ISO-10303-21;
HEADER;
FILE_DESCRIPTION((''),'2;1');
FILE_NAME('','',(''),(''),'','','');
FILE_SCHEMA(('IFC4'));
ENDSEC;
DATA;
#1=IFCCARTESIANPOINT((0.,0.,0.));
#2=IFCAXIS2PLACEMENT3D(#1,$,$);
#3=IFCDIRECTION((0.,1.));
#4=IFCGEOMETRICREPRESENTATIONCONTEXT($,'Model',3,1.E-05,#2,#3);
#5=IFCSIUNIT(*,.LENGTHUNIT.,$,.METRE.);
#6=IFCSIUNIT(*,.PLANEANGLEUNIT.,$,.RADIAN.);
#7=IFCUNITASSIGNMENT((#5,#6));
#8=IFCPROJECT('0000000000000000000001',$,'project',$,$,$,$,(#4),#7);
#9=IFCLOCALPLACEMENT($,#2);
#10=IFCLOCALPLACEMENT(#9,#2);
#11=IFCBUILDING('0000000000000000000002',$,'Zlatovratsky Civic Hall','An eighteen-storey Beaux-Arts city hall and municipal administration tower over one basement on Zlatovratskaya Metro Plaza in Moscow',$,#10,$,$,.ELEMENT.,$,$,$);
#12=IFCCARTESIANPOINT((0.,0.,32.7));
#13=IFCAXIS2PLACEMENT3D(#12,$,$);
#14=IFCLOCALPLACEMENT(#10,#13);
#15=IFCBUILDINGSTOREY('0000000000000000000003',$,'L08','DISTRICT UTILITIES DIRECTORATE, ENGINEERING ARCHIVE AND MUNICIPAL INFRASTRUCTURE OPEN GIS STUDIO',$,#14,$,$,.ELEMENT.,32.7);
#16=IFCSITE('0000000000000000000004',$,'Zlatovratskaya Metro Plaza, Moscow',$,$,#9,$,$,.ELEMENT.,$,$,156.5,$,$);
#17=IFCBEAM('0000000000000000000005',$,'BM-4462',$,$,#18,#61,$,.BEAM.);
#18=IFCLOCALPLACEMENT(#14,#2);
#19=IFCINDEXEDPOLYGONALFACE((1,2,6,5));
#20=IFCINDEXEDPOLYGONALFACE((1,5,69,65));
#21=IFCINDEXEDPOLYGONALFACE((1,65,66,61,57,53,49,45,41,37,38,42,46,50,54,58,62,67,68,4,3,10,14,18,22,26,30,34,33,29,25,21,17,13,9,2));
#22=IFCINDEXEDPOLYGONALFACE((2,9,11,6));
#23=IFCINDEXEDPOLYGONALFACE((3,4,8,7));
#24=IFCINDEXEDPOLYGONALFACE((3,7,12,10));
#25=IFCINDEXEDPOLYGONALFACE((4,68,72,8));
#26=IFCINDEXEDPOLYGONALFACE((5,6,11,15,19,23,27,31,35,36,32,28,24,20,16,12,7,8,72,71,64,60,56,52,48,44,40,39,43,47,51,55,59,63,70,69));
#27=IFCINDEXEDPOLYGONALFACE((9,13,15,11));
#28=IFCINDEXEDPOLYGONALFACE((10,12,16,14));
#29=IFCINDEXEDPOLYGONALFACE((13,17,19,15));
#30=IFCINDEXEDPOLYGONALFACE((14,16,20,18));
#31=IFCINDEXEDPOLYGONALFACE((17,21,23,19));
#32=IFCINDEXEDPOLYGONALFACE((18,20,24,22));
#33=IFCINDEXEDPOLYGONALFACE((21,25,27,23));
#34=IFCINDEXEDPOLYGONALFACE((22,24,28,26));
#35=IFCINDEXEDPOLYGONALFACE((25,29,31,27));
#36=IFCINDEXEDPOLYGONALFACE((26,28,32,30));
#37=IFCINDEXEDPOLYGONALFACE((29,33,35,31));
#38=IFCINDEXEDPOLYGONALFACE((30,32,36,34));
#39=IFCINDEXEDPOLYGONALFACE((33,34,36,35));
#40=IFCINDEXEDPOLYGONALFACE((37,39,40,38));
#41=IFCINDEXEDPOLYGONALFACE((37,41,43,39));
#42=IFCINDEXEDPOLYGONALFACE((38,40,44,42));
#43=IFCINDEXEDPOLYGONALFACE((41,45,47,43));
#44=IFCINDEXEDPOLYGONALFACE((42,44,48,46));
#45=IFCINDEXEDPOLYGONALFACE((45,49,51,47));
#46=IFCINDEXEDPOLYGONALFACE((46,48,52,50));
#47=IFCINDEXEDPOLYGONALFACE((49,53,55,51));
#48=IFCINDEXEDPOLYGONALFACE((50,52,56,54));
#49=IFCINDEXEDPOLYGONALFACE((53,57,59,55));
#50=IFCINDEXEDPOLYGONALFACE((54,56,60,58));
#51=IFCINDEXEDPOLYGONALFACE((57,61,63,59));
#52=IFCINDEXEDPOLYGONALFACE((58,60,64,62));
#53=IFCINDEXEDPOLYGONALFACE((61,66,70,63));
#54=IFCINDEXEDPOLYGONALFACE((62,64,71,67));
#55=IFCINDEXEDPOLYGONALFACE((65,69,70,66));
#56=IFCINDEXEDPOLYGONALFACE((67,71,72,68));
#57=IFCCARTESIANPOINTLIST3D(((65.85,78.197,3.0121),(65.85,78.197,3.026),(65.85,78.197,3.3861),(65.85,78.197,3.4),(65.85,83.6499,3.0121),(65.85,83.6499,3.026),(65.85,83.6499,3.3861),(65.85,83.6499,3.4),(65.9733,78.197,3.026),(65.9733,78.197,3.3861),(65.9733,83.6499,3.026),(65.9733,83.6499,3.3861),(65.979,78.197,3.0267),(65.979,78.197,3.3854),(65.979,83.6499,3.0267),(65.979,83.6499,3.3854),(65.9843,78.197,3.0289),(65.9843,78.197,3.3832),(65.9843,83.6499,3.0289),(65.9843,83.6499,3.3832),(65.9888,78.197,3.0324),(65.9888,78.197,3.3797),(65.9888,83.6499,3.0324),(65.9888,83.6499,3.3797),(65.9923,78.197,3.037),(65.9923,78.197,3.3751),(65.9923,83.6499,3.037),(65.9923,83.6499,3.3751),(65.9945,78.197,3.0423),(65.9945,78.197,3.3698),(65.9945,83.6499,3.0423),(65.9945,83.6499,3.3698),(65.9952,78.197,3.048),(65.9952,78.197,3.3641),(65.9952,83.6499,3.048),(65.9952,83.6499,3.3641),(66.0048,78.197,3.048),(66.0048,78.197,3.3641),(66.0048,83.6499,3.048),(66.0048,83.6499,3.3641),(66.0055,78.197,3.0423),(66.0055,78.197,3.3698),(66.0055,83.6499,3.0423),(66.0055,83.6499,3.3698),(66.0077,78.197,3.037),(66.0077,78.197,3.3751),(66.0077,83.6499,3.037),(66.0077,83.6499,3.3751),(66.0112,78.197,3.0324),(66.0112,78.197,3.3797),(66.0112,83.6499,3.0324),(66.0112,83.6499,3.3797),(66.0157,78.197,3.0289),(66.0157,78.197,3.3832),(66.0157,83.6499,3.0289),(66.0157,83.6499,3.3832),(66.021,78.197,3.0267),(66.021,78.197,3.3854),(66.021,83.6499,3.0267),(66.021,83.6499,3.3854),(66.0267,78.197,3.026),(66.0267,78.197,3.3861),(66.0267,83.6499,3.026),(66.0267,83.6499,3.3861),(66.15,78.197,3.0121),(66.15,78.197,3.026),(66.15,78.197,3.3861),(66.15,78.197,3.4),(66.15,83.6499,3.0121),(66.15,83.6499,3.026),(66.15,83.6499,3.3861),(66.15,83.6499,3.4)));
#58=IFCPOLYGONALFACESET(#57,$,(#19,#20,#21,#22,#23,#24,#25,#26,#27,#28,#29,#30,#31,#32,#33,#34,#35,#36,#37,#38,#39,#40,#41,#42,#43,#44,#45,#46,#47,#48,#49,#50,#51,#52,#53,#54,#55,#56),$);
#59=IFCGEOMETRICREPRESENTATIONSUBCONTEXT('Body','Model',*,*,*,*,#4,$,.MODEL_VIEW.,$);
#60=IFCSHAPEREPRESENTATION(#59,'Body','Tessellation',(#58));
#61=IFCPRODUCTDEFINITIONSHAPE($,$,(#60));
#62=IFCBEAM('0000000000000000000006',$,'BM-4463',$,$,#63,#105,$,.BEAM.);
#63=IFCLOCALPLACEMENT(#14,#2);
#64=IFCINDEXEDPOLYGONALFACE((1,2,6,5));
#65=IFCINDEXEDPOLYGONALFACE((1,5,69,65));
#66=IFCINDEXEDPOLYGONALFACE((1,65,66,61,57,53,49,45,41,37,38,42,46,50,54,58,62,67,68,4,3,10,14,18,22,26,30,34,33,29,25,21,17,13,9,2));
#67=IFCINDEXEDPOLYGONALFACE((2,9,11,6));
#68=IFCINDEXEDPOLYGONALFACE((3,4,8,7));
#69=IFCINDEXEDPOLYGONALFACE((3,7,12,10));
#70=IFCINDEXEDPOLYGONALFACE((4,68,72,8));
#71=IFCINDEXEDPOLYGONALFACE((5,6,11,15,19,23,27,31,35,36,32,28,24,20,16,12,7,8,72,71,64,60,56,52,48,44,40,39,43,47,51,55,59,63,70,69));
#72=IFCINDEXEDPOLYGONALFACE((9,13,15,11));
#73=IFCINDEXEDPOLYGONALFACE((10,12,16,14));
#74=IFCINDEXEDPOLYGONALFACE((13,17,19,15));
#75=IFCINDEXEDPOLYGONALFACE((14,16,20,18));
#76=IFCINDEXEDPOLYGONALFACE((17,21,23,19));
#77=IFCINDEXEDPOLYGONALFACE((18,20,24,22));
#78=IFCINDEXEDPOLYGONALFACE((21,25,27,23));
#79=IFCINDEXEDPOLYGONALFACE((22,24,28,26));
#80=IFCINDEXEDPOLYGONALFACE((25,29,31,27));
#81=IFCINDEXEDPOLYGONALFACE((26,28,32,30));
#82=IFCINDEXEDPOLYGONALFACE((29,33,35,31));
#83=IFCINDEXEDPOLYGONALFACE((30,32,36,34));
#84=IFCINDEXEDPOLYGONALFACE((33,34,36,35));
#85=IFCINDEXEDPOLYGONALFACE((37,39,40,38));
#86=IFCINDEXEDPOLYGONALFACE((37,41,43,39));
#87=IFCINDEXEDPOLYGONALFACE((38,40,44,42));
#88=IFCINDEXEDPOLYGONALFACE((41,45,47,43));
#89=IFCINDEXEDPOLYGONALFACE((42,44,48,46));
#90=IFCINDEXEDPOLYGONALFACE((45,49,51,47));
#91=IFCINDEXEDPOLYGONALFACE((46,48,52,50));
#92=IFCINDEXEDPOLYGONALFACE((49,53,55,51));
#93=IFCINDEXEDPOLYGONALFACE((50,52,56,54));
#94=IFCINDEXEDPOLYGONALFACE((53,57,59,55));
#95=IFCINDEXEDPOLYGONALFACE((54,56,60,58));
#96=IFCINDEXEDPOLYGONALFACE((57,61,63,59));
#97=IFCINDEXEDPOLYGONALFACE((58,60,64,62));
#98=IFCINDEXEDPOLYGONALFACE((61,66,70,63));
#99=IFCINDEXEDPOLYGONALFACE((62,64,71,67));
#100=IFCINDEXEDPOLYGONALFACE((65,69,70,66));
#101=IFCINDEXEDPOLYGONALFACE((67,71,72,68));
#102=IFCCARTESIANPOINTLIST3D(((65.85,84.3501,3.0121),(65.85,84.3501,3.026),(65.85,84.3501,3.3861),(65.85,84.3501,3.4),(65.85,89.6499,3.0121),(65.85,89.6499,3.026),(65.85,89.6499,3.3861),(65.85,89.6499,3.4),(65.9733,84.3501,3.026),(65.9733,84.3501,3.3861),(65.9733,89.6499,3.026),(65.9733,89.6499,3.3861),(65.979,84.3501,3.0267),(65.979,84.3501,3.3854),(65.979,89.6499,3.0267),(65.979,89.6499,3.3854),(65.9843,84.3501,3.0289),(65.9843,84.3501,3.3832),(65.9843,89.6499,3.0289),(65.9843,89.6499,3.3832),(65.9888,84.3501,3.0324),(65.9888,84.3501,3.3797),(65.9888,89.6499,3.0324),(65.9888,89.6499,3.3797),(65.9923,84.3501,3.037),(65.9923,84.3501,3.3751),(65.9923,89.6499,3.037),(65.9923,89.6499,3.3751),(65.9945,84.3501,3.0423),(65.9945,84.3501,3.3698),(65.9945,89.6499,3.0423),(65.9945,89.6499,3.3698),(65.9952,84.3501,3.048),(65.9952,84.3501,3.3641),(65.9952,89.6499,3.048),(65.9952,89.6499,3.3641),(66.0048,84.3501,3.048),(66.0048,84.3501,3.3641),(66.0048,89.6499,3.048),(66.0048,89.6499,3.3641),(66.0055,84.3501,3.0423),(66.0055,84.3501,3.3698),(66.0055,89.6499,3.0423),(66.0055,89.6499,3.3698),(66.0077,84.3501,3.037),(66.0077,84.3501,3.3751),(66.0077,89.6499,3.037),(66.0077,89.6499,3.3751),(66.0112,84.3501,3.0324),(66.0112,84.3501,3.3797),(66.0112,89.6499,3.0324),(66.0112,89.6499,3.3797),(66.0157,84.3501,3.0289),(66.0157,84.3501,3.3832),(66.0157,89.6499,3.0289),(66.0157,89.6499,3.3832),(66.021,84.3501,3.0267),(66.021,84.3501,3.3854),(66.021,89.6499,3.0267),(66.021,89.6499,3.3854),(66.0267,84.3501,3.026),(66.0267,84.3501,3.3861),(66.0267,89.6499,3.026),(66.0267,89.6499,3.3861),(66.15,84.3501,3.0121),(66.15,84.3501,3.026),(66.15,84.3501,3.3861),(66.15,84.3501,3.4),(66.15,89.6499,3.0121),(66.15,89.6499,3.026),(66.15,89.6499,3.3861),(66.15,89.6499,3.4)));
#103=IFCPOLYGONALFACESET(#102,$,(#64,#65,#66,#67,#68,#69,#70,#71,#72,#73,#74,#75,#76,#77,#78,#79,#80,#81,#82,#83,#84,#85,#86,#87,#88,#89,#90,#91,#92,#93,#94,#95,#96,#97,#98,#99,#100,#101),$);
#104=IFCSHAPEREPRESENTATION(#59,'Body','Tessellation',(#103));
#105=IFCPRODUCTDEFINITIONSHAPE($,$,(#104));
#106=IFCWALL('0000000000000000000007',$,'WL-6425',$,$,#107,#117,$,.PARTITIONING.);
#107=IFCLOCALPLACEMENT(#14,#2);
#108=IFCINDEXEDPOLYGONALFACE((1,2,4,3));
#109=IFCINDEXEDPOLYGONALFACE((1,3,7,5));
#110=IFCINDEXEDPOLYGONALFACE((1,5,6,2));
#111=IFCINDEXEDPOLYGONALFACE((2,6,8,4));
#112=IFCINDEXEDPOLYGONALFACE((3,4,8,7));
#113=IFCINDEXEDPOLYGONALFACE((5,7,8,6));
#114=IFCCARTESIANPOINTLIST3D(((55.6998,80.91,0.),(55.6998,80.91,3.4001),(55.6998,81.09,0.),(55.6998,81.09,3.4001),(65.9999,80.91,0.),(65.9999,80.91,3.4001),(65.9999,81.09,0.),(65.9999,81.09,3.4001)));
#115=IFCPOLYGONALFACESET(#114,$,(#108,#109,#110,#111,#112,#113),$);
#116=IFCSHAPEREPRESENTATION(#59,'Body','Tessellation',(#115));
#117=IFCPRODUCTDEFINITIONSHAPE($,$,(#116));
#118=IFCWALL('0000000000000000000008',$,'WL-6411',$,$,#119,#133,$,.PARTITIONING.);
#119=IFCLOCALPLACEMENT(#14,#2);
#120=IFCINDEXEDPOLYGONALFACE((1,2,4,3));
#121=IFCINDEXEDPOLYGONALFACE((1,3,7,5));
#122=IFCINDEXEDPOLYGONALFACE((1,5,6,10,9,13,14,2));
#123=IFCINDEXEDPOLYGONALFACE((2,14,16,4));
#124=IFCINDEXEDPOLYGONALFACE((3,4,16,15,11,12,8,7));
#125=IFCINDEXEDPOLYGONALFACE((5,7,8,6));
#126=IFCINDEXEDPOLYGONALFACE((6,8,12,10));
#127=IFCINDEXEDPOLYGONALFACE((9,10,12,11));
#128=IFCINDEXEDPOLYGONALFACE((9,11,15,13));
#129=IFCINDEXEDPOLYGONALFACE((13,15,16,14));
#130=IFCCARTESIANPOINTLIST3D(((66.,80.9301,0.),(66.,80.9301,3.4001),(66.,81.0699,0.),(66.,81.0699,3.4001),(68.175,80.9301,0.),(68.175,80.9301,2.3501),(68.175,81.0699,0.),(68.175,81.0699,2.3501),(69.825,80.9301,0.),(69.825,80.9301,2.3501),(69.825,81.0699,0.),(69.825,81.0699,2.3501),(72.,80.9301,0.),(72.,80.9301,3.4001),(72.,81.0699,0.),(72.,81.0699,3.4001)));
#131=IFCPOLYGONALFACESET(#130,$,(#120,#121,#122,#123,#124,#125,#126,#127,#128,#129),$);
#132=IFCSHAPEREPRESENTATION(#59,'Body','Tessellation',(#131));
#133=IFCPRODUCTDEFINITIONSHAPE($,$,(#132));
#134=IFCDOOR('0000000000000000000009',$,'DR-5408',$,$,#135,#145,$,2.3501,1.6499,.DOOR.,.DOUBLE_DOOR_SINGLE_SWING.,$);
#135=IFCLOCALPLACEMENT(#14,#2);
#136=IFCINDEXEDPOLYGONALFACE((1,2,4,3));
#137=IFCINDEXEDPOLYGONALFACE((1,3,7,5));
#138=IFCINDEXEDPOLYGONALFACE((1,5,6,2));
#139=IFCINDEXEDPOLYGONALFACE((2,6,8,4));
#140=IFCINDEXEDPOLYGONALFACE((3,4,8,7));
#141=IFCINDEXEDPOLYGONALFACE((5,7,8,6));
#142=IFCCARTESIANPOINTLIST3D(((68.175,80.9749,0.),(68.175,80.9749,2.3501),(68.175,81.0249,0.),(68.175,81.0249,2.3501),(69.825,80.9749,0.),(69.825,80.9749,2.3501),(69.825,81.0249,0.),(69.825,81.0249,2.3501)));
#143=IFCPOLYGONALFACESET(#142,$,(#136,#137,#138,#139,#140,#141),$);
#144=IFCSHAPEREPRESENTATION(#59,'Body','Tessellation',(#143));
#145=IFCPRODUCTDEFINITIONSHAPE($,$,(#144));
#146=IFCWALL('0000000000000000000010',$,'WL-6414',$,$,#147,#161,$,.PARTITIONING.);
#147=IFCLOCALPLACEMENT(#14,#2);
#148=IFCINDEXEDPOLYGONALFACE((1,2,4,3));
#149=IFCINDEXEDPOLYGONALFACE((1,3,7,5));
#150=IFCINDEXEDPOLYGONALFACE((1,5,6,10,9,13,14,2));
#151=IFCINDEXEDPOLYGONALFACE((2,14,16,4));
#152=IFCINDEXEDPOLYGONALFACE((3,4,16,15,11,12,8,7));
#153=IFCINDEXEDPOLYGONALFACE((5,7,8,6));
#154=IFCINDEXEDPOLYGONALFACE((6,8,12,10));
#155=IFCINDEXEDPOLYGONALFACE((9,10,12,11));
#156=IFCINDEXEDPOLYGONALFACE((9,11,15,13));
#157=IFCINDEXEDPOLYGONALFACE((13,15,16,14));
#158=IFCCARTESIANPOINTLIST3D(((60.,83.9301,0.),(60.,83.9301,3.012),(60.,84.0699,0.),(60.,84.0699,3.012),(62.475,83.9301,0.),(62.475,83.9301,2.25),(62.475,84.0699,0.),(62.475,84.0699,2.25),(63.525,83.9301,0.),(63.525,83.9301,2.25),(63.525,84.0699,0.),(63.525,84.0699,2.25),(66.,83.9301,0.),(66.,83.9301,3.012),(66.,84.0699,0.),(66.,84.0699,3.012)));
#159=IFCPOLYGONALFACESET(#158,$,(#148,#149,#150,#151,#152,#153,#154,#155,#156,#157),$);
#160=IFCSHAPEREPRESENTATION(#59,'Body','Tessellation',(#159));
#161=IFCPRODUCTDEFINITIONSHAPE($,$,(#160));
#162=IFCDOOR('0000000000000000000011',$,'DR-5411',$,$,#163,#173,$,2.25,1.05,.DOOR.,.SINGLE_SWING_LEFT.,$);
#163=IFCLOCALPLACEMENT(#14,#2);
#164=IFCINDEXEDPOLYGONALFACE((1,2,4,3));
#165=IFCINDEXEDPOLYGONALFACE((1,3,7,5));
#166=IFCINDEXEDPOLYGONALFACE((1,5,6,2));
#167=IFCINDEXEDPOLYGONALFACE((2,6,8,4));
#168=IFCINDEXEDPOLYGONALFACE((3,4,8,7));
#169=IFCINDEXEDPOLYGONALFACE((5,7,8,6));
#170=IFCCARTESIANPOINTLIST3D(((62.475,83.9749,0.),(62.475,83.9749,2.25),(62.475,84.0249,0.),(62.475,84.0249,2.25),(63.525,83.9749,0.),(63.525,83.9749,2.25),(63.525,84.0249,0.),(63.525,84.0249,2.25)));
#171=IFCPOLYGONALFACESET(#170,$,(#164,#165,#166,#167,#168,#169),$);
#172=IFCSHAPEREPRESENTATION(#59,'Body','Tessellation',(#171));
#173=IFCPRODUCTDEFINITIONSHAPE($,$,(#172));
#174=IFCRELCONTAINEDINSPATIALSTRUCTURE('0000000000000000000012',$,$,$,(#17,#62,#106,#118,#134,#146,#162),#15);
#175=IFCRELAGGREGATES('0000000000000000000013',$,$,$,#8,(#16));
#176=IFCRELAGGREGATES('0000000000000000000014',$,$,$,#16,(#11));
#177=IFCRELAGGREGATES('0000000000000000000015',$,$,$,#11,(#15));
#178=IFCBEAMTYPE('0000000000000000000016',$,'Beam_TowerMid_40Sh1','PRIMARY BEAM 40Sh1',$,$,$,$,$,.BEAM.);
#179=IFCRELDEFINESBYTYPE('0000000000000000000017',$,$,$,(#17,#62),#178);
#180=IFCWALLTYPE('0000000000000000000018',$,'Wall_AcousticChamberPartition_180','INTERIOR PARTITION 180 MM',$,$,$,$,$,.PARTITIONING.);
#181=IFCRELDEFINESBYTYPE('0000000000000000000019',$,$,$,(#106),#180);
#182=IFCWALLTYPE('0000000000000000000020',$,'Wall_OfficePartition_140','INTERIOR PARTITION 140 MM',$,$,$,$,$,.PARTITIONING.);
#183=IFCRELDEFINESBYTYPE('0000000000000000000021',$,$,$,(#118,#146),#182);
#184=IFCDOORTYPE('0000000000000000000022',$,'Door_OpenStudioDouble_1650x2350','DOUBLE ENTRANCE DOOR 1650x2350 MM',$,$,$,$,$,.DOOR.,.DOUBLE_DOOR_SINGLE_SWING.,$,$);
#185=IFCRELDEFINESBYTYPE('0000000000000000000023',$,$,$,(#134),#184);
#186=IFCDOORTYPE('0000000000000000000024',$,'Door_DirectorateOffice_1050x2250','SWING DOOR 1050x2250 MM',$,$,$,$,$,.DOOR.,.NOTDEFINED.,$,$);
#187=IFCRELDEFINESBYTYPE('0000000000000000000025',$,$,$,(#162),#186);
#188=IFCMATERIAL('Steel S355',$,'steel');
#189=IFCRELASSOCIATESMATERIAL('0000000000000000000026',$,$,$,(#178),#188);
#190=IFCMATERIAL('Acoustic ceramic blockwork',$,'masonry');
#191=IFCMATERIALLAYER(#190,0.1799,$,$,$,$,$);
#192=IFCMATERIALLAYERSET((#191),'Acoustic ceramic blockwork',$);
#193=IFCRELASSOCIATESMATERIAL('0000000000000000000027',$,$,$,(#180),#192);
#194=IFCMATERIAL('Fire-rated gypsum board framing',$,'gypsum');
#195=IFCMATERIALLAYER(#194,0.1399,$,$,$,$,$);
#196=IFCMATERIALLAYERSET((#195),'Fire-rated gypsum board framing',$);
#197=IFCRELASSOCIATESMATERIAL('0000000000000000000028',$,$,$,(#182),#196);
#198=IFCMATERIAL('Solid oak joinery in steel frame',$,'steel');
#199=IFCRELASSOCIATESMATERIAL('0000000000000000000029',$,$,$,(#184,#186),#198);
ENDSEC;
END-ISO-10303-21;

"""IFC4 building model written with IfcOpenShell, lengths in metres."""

from ifc_helpers import new_model, si_unit, direction, frame, frame_2d, origin, origin_2d, place, context, subcontext, project, spatial, rectangle, i_section, extrude, material, layer, layer_set, material_profile, profile_set, type_object, element, fill, save


model = new_model("IFC4")

# Units and contexts
model_context = context("Model", 3, precision=1e-05, world=origin(), true_north=direction((0.0, 1.0)))
body_context = subcontext(model_context, "Body", "Model", "MODEL_VIEW")
ifc_project = project(units=[si_unit("LENGTHUNIT", "METRE"), si_unit("PLANEANGLEUNIT", "RADIAN")], contexts=[model_context])

# Site, building, storey
site_placement = place(None, origin())
site = spatial("IfcSite", under=ifc_project, at=site_placement, Name="Zlatovratskaya Metro Plaza, Moscow", CompositionType="ELEMENT", RefElevation=156.5)
building_placement = place(site_placement, origin())
building = spatial("IfcBuilding", under=site, at=building_placement, Name="Zlatovratsky Civic Hall", Description="An eighteen-storey Beaux-Arts city hall and municipal administration tower over one basement on Zlatovratskaya Metro Plaza in Moscow", CompositionType="ELEMENT")
storey_placement = place(building_placement, frame((0.0, 0.0, 32.7)))
storey = spatial("IfcBuildingStorey", under=building, at=storey_placement, Name="L08", Description="DISTRICT UTILITIES DIRECTORATE, ENGINEERING ARCHIVE AND MUNICIPAL INFRASTRUCTURE OPEN GIS STUDIO", CompositionType="ELEMENT", Elevation=32.7)

# Shared definitions
ifc_material_1 = material(Name="Steel S355", Category="steel")

# Beams
ifc_material_profile_1 = material_profile(ifc_material_1, i_section(OverallWidth=0.3, OverallDepth=0.3879, WebThickness=0.0095, FlangeThickness=0.0139, FilletRadius=0.022, at=origin_2d()), Name="40Sh1")
ifc_profile_set_1 = profile_set([ifc_material_profile_1], Name="Steel S355")
beam_type_1 = type_object("IfcBeamType", Name="Beam_TowerMid_40Sh1", Description="PRIMARY BEAM 40Sh1", PredefinedType="BEAM", material=ifc_profile_set_1)
beam_1_placement = place(storey_placement, frame((66.0, 78.197, 3.2061), z_axis=(0.0, 1.0, 0.0), x_axis=(-1.0, 0.0, 0.0)))
element("IfcBeam", 1, at=beam_1_placement, inside=storey, type_object=beam_type_1, Name="BM-4462", PredefinedType="BEAM", context=body_context, shape_type="SweptSolid", body=[
    extrude(i_section(OverallWidth=0.3, OverallDepth=0.3879, WebThickness=0.0095, FlangeThickness=0.0139, FilletRadius=0.022, at=origin_2d()), origin(), (0.0, 0.0, 1.0), 5.4529),
])
beam_2_placement = place(storey_placement, frame((66.0, 84.3501, 3.2061), z_axis=(0.0, 1.0, 0.0), x_axis=(-1.0, 0.0, 0.0)))
element("IfcBeam", 2, at=beam_2_placement, inside=storey, type_object=beam_type_1, Name="BM-4463", PredefinedType="BEAM", context=body_context, shape_type="SweptSolid", body=[
    extrude(i_section(OverallWidth=0.3, OverallDepth=0.3879, WebThickness=0.0095, FlangeThickness=0.0139, FilletRadius=0.022, at=origin_2d()), origin(), (0.0, 0.0, 1.0), 5.2998),
])

# Wall
ifc_material_2 = material(Name="Acoustic ceramic blockwork", Category="masonry")
ifc_layer_1 = layer(ifc_material_2, 0.1799)
ifc_layer_set_1 = layer_set([ifc_layer_1], Name="Acoustic ceramic blockwork")
wall_type_1 = type_object("IfcWallType", Name="Wall_AcousticChamberPartition_180", Description="INTERIOR PARTITION 180 MM", PredefinedType="PARTITIONING", material=ifc_layer_set_1)
wall_1_placement = place(storey_placement, frame((55.7, 81.0, 0.0), z_axis=(0.0, 0.0, 1.0), x_axis=(1.0, 0.0, 0.0)))
element("IfcWall", 3, at=wall_1_placement, inside=storey, type_object=wall_type_1, Name="WL-6425", PredefinedType="PARTITIONING", context=body_context, shape_type="SweptSolid", body=[
    extrude(rectangle(XDim=10.3, YDim=0.1799, at=frame_2d((5.1499, 0.0))), origin(), (0.0, 0.0, 1.0), 3.4001),
])

# Walls, openings, doors
ifc_material_3 = material(Name="Fire-rated gypsum board framing", Category="gypsum")
ifc_layer_2 = layer(ifc_material_3, 0.1399)
ifc_layer_set_2 = layer_set([ifc_layer_2], Name="Fire-rated gypsum board framing")
wall_type_2 = type_object("IfcWallType", Name="Wall_OfficePartition_140", Description="INTERIOR PARTITION 140 MM", PredefinedType="PARTITIONING", material=ifc_layer_set_2)
wall_2_placement = place(storey_placement, frame((66.0, 81.0, 0.0), z_axis=(0.0, 0.0, 1.0), x_axis=(1.0, 0.0, 0.0)))
wall_2 = element("IfcWall", 4, at=wall_2_placement, inside=storey, type_object=wall_type_2, Name="WL-6411", PredefinedType="PARTITIONING", context=body_context, shape_type="SweptSolid", body=[
    extrude(rectangle(XDim=6.0, YDim=0.1399, at=frame_2d((3.0, 0.0))), origin(), (0.0, 0.0, 1.0), 3.4001),
])
opening_1_placement = place(wall_2_placement, frame((2.175, 0.0, 0.0)))
opening_1 = element("IfcOpeningElement", 5, at=opening_1_placement, cuts=wall_2, PredefinedType="OPENING", context=body_context, shape_type="SweptSolid", body=[
    extrude(rectangle(XDim=1.6499, YDim=2.3501, at=frame_2d((0.825, 1.175))), frame((0.0, 0.085, 0.0), z_axis=(0.0, -1.0, 0.0), x_axis=(1.0, 0.0, 0.0)), (0.0, 0.0, 1.0), 0.1697),
])
ifc_material_4 = material(Name="Solid oak joinery in steel frame", Category="steel")
door_type_1 = type_object("IfcDoorType", Name="Door_OpenStudioDouble_1650x2350", Description="DOUBLE ENTRANCE DOOR 1650x2350 MM", OperationType="DOUBLE_DOOR_SINGLE_SWING", PredefinedType="DOOR", material=ifc_material_4)
door_1_placement = place(opening_1_placement, origin())
door_1 = element("IfcDoor", 6, at=door_1_placement, inside=storey, type_object=door_type_1, Name="DR-5408", OperationType="DOUBLE_DOOR_SINGLE_SWING", OverallHeight=2.3501, OverallWidth=1.6499, PredefinedType="DOOR", context=body_context, shape_type="SweptSolid", body=[
    extrude(rectangle(XDim=1.6499, YDim=2.3501, at=frame_2d((0.825, 1.175))), frame((0.0, 0.0249, 0.0), z_axis=(0.0, -1.0, 0.0), x_axis=(1.0, 0.0, 0.0)), (0.0, 0.0, 1.0), 0.05),
])
fill(opening_1, door_1)
wall_3_placement = place(storey_placement, frame((60.0, 84.0, 0.0), z_axis=(0.0, 0.0, 1.0), x_axis=(1.0, 0.0, 0.0)))
wall_3 = element("IfcWall", 7, at=wall_3_placement, inside=storey, type_object=wall_type_2, Name="WL-6414", PredefinedType="PARTITIONING", context=body_context, shape_type="SweptSolid", body=[
    extrude(rectangle(XDim=6.0, YDim=0.1399, at=frame_2d((3.0, 0.0))), origin(), (0.0, 0.0, 1.0), 3.012),
])
opening_2_placement = place(wall_3_placement, frame((2.4751, 0.0, 0.0)))
opening_2 = element("IfcOpeningElement", 8, at=opening_2_placement, cuts=wall_3, PredefinedType="OPENING", context=body_context, shape_type="SweptSolid", body=[
    extrude(rectangle(XDim=1.05, YDim=2.25, at=frame_2d((0.5249, 1.125))), frame((0.0, 0.085, 0.0), z_axis=(0.0, -1.0, 0.0), x_axis=(1.0, 0.0, 0.0)), (0.0, 0.0, 1.0), 0.1697),
])
door_type_2 = type_object("IfcDoorType", Name="Door_DirectorateOffice_1050x2250", Description="SWING DOOR 1050x2250 MM", OperationType="NOTDEFINED", PredefinedType="DOOR", material=ifc_material_4)
door_2_placement = place(opening_2_placement, origin())
door_2 = element("IfcDoor", 9, at=door_2_placement, inside=storey, type_object=door_type_2, Name="DR-5411", OperationType="SINGLE_SWING_LEFT", OverallHeight=2.25, OverallWidth=1.05, PredefinedType="DOOR", context=body_context, shape_type="SweptSolid", body=[
    extrude(rectangle(XDim=1.05, YDim=2.25, at=frame_2d((0.5249, 1.125))), frame((0.0, 0.0249, 0.0), z_axis=(0.0, -1.0, 0.0), x_axis=(1.0, 0.0, 0.0)), (0.0, 0.0, 1.0), 0.05),
])
fill(opening_2, door_2)

save(model, "model.ifc")
